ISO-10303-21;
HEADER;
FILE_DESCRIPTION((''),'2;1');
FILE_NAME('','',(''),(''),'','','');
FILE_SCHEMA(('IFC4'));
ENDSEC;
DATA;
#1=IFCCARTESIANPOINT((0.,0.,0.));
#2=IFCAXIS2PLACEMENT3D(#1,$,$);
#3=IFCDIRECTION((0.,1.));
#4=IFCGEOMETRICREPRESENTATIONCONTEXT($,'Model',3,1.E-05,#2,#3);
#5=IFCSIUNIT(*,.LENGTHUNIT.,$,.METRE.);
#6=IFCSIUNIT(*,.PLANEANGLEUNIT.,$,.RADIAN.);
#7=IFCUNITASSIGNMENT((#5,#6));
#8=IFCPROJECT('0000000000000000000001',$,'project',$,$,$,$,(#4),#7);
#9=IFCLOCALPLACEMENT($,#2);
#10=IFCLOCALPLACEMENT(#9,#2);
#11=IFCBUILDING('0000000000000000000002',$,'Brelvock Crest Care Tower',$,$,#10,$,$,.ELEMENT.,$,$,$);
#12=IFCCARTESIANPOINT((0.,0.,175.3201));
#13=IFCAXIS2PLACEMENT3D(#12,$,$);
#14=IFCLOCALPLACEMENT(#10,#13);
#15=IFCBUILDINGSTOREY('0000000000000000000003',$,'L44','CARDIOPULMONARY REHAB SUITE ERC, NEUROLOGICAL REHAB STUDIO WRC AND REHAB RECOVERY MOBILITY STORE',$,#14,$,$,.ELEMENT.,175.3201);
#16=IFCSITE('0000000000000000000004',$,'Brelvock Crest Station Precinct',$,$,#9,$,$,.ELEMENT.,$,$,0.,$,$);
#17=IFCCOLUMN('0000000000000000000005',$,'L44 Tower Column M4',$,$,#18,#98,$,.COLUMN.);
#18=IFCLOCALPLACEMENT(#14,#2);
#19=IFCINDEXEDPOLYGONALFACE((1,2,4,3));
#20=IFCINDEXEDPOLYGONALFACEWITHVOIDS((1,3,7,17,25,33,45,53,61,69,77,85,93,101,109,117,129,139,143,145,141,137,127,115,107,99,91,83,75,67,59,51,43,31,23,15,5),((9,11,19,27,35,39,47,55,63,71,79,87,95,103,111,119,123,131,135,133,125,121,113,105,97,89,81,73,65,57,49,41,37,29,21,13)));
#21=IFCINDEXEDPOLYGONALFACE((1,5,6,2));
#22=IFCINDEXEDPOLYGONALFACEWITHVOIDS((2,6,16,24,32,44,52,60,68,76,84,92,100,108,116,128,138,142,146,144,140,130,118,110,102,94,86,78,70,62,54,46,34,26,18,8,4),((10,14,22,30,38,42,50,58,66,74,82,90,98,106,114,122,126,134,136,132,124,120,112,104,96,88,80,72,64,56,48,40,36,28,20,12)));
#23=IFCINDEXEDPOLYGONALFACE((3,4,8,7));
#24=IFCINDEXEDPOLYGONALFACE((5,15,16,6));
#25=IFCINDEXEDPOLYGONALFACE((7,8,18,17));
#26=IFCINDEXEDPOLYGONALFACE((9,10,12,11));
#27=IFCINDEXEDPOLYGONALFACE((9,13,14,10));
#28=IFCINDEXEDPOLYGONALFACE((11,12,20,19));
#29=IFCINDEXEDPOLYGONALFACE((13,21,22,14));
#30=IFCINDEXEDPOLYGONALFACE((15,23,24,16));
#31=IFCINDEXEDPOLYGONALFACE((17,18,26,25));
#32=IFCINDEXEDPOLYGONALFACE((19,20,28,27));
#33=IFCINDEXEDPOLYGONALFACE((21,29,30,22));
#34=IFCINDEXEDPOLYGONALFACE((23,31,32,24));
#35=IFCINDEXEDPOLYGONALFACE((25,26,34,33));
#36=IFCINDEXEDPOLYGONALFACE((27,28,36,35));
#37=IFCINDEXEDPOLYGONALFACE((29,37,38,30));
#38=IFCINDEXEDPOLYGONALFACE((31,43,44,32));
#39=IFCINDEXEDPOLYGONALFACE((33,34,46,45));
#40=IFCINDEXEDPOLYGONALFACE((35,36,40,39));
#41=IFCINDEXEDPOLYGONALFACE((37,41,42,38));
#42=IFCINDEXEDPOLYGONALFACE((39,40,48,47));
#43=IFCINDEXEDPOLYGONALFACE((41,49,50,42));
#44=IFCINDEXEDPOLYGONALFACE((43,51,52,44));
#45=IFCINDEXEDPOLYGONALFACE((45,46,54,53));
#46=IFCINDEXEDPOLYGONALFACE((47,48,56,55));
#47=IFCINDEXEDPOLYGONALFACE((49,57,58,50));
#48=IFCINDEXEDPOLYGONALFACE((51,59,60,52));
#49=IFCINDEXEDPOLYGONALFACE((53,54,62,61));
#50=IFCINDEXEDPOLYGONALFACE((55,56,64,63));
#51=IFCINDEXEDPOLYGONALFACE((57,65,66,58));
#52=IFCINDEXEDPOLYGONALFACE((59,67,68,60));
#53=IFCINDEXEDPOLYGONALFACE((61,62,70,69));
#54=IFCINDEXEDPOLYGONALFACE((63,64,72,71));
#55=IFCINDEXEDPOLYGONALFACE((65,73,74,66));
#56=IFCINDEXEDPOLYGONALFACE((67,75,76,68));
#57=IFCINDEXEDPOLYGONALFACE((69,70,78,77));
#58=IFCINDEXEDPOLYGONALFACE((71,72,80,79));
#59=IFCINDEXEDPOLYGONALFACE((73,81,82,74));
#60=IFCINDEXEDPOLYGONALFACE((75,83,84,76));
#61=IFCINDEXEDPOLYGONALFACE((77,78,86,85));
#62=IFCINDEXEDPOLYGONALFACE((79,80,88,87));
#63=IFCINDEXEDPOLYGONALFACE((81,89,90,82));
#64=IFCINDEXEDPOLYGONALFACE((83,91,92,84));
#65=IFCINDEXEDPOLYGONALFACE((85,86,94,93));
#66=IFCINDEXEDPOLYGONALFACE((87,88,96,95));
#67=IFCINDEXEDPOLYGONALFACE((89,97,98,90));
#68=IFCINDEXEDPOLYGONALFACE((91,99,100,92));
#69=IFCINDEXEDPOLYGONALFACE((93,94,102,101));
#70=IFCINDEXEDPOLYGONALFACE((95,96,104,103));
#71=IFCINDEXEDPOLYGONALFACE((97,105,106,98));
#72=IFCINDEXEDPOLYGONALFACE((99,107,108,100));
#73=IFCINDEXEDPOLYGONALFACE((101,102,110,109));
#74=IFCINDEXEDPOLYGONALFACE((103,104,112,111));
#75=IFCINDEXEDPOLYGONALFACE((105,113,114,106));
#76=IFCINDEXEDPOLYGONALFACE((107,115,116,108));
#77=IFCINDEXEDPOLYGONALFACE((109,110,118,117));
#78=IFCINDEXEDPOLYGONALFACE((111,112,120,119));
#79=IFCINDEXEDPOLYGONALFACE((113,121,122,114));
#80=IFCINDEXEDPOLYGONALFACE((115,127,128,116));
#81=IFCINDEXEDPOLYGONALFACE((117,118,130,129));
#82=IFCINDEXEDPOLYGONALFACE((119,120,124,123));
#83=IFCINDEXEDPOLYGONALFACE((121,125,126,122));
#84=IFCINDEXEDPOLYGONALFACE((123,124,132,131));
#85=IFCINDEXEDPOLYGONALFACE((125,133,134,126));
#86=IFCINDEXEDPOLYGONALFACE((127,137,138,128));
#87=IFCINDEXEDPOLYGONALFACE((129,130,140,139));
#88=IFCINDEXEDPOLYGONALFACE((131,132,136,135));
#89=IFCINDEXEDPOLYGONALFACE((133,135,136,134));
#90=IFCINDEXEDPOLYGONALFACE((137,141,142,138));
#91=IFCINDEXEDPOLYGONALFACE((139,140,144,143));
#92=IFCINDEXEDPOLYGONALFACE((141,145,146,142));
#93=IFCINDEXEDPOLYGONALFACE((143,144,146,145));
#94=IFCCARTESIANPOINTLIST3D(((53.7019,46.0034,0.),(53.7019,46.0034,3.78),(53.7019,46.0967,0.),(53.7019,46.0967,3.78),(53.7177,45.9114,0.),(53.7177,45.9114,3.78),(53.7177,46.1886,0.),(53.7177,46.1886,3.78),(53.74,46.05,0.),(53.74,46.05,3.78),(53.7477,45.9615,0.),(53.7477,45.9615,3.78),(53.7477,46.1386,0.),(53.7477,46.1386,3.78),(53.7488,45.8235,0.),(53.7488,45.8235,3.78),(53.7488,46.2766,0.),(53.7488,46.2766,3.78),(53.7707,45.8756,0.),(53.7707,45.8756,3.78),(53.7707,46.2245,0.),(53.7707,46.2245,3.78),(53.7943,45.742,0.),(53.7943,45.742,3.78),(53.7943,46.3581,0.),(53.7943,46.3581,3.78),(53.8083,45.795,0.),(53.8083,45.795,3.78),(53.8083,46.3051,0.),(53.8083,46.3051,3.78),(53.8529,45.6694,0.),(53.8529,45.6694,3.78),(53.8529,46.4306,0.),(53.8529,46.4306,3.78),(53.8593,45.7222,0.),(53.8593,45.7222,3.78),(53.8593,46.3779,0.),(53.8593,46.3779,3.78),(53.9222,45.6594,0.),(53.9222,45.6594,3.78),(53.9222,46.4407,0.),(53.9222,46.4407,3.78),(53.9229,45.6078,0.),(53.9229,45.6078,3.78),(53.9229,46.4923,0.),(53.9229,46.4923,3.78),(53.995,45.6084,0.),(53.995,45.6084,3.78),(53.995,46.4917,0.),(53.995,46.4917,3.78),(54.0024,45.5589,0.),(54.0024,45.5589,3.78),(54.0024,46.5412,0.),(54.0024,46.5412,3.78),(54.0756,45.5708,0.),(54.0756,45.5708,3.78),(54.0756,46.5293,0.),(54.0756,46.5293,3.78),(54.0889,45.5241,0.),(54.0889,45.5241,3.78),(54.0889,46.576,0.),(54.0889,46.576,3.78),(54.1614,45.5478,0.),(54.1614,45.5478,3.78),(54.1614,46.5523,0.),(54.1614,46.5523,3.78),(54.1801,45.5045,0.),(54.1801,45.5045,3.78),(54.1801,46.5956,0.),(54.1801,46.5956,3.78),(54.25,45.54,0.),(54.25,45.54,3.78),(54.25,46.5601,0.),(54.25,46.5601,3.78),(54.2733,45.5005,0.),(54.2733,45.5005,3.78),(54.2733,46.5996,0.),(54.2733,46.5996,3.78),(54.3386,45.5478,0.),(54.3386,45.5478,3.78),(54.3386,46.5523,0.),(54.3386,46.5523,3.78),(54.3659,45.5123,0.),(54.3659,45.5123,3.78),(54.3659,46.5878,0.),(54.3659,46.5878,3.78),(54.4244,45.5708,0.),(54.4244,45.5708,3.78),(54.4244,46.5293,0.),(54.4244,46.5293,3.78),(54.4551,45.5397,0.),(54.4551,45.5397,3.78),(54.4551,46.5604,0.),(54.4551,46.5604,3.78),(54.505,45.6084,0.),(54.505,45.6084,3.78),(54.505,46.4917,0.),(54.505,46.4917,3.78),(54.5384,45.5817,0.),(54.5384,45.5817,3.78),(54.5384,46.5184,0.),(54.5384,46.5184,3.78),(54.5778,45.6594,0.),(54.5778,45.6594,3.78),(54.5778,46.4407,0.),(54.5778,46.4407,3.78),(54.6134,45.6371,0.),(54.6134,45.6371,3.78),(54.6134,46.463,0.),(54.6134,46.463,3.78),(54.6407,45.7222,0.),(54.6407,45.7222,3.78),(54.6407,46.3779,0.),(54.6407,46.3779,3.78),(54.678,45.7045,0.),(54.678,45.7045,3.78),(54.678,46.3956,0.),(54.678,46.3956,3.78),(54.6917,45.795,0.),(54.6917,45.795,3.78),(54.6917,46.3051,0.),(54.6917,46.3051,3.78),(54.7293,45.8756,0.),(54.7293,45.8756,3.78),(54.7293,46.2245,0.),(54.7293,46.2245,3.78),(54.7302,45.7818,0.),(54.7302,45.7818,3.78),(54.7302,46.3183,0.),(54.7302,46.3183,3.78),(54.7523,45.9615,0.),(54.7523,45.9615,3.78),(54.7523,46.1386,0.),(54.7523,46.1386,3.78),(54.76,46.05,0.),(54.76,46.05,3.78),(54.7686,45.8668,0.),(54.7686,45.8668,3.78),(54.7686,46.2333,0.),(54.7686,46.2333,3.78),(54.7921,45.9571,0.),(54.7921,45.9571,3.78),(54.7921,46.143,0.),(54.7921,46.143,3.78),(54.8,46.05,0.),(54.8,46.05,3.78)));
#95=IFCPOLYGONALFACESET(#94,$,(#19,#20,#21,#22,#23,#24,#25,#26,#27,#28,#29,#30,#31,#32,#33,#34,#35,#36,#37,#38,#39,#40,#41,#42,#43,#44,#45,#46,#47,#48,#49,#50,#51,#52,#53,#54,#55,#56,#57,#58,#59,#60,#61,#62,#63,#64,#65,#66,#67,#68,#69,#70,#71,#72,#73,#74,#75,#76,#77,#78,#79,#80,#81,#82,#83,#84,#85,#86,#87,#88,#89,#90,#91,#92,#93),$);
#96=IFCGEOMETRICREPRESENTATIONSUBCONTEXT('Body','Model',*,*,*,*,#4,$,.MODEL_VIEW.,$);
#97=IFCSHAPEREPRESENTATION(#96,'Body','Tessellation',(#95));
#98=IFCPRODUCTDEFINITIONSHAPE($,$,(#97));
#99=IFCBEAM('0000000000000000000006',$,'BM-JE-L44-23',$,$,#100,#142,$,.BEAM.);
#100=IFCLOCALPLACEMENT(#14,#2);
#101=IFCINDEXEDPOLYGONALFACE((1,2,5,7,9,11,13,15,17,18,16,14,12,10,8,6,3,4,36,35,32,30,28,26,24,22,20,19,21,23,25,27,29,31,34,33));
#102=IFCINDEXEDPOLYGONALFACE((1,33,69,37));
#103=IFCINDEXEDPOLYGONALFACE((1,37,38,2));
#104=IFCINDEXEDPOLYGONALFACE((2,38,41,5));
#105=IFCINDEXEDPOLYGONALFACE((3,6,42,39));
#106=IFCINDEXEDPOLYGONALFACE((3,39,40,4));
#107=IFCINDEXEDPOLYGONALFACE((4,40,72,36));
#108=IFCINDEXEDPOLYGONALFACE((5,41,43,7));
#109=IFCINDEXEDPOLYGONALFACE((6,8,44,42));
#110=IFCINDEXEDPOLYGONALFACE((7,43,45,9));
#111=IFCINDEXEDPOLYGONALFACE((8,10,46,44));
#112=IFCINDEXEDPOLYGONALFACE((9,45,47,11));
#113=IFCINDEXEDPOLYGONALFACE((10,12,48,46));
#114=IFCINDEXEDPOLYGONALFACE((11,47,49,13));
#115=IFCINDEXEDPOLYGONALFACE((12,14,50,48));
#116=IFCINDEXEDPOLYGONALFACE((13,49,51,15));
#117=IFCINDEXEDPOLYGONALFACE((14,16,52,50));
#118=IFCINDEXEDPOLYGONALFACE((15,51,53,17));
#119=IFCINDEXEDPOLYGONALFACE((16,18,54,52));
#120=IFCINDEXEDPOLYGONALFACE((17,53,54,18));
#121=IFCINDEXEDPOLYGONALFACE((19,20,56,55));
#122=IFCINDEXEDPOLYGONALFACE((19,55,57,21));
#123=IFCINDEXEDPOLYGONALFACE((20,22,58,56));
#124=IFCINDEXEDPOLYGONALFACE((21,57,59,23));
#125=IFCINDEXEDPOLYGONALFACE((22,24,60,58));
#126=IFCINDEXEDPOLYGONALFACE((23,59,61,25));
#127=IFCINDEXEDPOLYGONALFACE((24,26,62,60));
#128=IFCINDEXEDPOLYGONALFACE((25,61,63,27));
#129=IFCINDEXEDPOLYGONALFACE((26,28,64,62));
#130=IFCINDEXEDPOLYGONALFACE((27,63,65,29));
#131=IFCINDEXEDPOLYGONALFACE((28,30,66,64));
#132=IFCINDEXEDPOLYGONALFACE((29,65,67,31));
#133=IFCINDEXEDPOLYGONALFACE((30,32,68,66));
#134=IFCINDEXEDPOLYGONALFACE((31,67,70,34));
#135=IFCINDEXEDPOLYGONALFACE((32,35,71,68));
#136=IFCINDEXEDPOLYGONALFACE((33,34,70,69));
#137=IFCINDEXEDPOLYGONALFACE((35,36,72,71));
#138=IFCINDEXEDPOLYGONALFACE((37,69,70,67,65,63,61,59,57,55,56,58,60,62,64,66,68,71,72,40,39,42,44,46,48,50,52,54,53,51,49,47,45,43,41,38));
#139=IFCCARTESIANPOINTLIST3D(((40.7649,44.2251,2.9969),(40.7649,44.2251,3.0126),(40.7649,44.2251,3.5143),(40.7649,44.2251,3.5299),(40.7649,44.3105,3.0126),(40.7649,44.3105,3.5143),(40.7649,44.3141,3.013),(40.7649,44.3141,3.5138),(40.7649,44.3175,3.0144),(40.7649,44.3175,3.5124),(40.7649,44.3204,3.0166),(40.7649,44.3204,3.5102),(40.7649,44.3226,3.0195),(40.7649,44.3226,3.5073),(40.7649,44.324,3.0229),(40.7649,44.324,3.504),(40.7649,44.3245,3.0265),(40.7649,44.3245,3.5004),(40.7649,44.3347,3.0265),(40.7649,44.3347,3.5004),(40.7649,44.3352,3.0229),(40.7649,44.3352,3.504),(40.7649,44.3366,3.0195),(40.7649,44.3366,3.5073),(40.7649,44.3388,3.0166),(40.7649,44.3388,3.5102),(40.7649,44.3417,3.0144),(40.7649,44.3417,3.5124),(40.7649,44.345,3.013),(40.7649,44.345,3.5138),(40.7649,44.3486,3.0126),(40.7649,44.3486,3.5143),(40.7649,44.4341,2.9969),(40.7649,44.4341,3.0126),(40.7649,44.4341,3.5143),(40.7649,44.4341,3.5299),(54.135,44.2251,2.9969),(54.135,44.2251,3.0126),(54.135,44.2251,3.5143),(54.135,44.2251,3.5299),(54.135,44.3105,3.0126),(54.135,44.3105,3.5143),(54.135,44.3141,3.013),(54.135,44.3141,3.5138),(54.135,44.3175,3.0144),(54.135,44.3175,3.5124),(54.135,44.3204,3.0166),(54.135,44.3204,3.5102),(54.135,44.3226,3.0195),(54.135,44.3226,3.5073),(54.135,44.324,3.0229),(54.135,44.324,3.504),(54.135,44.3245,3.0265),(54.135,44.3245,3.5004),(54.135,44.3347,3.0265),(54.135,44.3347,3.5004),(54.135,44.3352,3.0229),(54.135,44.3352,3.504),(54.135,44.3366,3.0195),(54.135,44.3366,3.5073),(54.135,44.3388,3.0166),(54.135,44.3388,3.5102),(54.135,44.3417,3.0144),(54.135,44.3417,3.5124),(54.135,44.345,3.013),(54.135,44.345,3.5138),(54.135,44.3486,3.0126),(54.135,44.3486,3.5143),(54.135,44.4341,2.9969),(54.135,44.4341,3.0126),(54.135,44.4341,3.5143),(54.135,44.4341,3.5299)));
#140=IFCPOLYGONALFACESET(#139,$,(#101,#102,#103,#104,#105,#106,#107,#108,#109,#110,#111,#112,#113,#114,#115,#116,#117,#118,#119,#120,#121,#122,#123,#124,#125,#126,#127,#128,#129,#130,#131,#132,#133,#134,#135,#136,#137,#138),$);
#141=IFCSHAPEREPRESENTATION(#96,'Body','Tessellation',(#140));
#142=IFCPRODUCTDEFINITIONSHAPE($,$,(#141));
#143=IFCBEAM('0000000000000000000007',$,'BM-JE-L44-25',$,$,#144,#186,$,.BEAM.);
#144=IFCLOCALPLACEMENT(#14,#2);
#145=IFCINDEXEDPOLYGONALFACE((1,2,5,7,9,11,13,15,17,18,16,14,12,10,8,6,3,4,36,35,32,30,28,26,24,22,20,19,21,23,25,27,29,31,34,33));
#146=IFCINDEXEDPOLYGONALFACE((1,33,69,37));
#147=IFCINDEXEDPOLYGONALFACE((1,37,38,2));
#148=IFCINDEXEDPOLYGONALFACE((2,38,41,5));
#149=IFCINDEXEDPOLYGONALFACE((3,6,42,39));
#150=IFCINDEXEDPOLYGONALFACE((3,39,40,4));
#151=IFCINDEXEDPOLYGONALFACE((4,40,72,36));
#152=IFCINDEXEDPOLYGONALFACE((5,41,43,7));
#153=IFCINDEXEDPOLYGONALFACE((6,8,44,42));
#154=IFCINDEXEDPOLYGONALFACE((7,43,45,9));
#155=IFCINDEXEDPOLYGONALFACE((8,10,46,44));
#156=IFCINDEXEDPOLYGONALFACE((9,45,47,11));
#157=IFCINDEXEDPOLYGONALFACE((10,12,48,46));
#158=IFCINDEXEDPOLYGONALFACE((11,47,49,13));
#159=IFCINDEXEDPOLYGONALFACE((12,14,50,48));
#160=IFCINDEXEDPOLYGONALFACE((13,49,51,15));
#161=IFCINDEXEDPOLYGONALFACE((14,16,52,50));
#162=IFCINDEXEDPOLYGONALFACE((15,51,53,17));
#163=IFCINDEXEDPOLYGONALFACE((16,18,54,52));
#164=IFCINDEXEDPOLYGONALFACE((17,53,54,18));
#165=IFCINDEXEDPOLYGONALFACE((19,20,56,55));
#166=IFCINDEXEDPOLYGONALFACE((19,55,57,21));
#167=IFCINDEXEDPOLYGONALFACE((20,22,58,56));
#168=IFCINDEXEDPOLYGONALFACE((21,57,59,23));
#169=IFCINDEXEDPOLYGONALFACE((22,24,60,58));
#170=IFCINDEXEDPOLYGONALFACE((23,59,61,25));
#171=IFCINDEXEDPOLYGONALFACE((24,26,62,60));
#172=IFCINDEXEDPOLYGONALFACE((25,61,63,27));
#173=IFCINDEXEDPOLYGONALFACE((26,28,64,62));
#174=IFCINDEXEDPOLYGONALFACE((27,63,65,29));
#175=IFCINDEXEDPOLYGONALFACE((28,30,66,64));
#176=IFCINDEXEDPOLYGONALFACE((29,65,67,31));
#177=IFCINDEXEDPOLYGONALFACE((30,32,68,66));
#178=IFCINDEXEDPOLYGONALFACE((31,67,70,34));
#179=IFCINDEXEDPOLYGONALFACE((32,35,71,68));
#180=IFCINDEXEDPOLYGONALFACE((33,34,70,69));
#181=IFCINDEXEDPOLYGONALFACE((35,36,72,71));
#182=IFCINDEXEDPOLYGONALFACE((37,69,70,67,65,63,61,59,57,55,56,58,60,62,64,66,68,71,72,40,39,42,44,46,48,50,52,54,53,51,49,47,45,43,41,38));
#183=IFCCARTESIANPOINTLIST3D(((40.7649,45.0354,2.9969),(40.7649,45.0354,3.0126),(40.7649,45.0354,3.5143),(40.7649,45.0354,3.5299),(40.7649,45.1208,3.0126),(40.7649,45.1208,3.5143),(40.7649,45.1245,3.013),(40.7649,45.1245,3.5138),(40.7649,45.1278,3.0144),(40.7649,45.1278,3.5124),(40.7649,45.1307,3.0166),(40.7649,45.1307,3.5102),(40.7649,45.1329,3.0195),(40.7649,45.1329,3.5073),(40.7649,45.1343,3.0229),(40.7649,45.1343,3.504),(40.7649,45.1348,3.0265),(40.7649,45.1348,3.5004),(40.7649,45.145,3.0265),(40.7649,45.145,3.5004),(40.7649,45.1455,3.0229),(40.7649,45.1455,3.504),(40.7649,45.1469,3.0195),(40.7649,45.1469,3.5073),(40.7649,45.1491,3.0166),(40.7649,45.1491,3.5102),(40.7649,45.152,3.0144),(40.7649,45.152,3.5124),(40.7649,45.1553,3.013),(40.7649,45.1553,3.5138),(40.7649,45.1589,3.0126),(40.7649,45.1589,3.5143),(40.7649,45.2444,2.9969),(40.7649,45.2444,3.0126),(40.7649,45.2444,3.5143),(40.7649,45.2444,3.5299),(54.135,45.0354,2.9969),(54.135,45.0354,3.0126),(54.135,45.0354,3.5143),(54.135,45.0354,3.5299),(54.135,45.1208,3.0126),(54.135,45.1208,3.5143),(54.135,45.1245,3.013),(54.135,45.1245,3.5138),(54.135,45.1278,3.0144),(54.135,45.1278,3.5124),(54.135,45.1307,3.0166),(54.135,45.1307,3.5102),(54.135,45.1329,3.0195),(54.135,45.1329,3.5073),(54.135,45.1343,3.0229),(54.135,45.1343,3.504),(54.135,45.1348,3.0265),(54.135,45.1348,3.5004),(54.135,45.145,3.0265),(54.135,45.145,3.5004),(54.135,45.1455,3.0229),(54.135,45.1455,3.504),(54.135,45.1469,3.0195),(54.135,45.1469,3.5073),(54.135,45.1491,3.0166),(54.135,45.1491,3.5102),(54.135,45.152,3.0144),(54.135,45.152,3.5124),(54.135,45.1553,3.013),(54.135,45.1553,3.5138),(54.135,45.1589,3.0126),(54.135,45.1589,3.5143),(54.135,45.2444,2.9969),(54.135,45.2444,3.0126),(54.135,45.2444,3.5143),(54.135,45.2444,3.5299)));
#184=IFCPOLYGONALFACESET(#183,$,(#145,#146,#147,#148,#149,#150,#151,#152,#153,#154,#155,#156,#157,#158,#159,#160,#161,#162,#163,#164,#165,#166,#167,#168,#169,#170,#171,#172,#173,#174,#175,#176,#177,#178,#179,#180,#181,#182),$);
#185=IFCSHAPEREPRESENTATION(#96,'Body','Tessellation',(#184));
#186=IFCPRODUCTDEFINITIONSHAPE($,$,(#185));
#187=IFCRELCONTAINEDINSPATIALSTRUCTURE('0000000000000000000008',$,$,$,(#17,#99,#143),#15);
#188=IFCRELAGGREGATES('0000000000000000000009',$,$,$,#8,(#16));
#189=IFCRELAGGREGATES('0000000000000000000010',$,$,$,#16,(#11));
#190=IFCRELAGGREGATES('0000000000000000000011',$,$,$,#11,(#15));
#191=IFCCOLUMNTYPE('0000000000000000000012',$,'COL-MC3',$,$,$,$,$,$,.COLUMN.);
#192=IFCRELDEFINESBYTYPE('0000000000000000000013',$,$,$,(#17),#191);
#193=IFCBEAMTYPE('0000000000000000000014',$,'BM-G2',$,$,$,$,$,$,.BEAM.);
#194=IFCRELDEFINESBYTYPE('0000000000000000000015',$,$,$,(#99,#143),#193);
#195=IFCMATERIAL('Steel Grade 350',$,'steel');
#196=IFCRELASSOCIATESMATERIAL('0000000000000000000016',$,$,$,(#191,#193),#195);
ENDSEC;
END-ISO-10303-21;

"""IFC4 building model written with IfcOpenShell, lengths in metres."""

from ifc_helpers import new_model, si_unit, direction, frame, origin, origin_2d, place, context, subcontext, project, spatial, hollow_circle, i_section, extrude, source, transform, mapped, material, material_profile, profile_set, type_object, element, save


model = new_model("IFC4")

# Units and contexts
model_context = context("Model", 3, precision=1e-05, world=origin(), true_north=direction((0.0, 1.0)))
body_context = subcontext(model_context, "Body", "Model", "MODEL_VIEW")
ifc_project = project(units=[si_unit("LENGTHUNIT", "METRE"), si_unit("PLANEANGLEUNIT", "RADIAN")], contexts=[model_context])

# Site, building, storey
site_placement = place(None, origin())
site = spatial("IfcSite", under=ifc_project, at=site_placement, Name="Brelvock Crest Station Precinct", CompositionType="ELEMENT", RefElevation=0.0)
building_placement = place(site_placement, origin())
building = spatial("IfcBuilding", under=site, at=building_placement, Name="Brelvock Crest Care Tower", CompositionType="ELEMENT")
storey_placement = place(building_placement, frame((0.0, 0.0, 175.3201)))
storey = spatial("IfcBuildingStorey", under=building, at=storey_placement, Name="L44", Description="CARDIOPULMONARY REHAB SUITE ERC, NEUROLOGICAL REHAB STUDIO WRC AND REHAB RECOVERY MOBILITY STORE", CompositionType="ELEMENT", Elevation=175.3201)

# Column
ifc_material_1 = material(Name="Steel Grade 350", Category="steel")
ifc_material_profile_1 = material_profile(ifc_material_1, hollow_circle(Radius=0.55, WallThickness=0.04, at=origin_2d()), Name="CFT1100x40")
ifc_profile_set_1 = profile_set([ifc_material_profile_1], Name="Steel Grade 350")
column_type = type_object("IfcColumnType", Name="COL-MC3", PredefinedType="COLUMN", material=ifc_profile_set_1)
shared_shape_1 = source(origin(), body_context, "Body", "SweptSolid", [
    extrude(hollow_circle(Radius=0.55, WallThickness=0.04, at=origin_2d()), origin(), (0.0, 0.0, 1.0), 3.78),
])
column_placement = place(storey_placement, frame((54.25, 46.05, 0.0), z_axis=(0.0, 0.0, 1.0), x_axis=(1.0, 0.0, 0.0)))
element("IfcColumn", 1, at=column_placement, inside=storey, type_object=column_type, Name="L44 Tower Column M4", PredefinedType="COLUMN", context=body_context, shape_type="MappedRepresentation", body=[
    mapped(shared_shape_1, transform((0.0, 0.0, 0.0), x_axis=(1.0, 0.0, 0.0), y_axis=(0.0, 1.0, 0.0), z_axis=(0.0, 0.0, 1.0), scale=1.0)),
])

# Beams
ifc_material_profile_2 = material_profile(ifc_material_1, i_section(OverallWidth=0.209, OverallDepth=0.533, WebThickness=0.0103, FlangeThickness=0.0156, FilletRadius=0.0139, at=origin_2d()), Name="530UB92.4")
ifc_profile_set_2 = profile_set([ifc_material_profile_2], Name="Steel Grade 350")
beam_type_1 = type_object("IfcBeamType", Name="BM-G2", PredefinedType="BEAM", material=ifc_profile_set_2)
shared_shape_2 = source(origin(), body_context, "Body", "SweptSolid", [
    extrude(i_section(OverallWidth=0.209, OverallDepth=0.533, WebThickness=0.0103, FlangeThickness=0.0156, FilletRadius=0.0139, at=origin_2d()), origin(), (0.0, 0.0, 1.0), 13.3701),
])
for number, where, z_axis, x_axis, name in (
    (2, (40.7649, 44.3296, 3.2634), (1.0, 0.0, 0.0), (0.0, 1.0, 0.0), "BM-JE-L44-23"),
    (3, (40.7649, 45.1399, 3.2634), (1.0, 0.0, 0.0), (0.0, 1.0, 0.0), "BM-JE-L44-25"),
):
    element("IfcBeam", number, at=place(storey_placement, frame(where, z_axis=z_axis, x_axis=x_axis)), inside=storey, type_object=beam_type_1, Name=name, PredefinedType="BEAM", context=body_context, shape_type="MappedRepresentation", body=[
        mapped(shared_shape_2, transform((0.0, 0.0, 0.0), x_axis=(1.0, 0.0, 0.0), y_axis=(0.0, 1.0, 0.0), z_axis=(0.0, 0.0, 1.0), scale=1.0)),
    ])

save(model, "model.ifc")
